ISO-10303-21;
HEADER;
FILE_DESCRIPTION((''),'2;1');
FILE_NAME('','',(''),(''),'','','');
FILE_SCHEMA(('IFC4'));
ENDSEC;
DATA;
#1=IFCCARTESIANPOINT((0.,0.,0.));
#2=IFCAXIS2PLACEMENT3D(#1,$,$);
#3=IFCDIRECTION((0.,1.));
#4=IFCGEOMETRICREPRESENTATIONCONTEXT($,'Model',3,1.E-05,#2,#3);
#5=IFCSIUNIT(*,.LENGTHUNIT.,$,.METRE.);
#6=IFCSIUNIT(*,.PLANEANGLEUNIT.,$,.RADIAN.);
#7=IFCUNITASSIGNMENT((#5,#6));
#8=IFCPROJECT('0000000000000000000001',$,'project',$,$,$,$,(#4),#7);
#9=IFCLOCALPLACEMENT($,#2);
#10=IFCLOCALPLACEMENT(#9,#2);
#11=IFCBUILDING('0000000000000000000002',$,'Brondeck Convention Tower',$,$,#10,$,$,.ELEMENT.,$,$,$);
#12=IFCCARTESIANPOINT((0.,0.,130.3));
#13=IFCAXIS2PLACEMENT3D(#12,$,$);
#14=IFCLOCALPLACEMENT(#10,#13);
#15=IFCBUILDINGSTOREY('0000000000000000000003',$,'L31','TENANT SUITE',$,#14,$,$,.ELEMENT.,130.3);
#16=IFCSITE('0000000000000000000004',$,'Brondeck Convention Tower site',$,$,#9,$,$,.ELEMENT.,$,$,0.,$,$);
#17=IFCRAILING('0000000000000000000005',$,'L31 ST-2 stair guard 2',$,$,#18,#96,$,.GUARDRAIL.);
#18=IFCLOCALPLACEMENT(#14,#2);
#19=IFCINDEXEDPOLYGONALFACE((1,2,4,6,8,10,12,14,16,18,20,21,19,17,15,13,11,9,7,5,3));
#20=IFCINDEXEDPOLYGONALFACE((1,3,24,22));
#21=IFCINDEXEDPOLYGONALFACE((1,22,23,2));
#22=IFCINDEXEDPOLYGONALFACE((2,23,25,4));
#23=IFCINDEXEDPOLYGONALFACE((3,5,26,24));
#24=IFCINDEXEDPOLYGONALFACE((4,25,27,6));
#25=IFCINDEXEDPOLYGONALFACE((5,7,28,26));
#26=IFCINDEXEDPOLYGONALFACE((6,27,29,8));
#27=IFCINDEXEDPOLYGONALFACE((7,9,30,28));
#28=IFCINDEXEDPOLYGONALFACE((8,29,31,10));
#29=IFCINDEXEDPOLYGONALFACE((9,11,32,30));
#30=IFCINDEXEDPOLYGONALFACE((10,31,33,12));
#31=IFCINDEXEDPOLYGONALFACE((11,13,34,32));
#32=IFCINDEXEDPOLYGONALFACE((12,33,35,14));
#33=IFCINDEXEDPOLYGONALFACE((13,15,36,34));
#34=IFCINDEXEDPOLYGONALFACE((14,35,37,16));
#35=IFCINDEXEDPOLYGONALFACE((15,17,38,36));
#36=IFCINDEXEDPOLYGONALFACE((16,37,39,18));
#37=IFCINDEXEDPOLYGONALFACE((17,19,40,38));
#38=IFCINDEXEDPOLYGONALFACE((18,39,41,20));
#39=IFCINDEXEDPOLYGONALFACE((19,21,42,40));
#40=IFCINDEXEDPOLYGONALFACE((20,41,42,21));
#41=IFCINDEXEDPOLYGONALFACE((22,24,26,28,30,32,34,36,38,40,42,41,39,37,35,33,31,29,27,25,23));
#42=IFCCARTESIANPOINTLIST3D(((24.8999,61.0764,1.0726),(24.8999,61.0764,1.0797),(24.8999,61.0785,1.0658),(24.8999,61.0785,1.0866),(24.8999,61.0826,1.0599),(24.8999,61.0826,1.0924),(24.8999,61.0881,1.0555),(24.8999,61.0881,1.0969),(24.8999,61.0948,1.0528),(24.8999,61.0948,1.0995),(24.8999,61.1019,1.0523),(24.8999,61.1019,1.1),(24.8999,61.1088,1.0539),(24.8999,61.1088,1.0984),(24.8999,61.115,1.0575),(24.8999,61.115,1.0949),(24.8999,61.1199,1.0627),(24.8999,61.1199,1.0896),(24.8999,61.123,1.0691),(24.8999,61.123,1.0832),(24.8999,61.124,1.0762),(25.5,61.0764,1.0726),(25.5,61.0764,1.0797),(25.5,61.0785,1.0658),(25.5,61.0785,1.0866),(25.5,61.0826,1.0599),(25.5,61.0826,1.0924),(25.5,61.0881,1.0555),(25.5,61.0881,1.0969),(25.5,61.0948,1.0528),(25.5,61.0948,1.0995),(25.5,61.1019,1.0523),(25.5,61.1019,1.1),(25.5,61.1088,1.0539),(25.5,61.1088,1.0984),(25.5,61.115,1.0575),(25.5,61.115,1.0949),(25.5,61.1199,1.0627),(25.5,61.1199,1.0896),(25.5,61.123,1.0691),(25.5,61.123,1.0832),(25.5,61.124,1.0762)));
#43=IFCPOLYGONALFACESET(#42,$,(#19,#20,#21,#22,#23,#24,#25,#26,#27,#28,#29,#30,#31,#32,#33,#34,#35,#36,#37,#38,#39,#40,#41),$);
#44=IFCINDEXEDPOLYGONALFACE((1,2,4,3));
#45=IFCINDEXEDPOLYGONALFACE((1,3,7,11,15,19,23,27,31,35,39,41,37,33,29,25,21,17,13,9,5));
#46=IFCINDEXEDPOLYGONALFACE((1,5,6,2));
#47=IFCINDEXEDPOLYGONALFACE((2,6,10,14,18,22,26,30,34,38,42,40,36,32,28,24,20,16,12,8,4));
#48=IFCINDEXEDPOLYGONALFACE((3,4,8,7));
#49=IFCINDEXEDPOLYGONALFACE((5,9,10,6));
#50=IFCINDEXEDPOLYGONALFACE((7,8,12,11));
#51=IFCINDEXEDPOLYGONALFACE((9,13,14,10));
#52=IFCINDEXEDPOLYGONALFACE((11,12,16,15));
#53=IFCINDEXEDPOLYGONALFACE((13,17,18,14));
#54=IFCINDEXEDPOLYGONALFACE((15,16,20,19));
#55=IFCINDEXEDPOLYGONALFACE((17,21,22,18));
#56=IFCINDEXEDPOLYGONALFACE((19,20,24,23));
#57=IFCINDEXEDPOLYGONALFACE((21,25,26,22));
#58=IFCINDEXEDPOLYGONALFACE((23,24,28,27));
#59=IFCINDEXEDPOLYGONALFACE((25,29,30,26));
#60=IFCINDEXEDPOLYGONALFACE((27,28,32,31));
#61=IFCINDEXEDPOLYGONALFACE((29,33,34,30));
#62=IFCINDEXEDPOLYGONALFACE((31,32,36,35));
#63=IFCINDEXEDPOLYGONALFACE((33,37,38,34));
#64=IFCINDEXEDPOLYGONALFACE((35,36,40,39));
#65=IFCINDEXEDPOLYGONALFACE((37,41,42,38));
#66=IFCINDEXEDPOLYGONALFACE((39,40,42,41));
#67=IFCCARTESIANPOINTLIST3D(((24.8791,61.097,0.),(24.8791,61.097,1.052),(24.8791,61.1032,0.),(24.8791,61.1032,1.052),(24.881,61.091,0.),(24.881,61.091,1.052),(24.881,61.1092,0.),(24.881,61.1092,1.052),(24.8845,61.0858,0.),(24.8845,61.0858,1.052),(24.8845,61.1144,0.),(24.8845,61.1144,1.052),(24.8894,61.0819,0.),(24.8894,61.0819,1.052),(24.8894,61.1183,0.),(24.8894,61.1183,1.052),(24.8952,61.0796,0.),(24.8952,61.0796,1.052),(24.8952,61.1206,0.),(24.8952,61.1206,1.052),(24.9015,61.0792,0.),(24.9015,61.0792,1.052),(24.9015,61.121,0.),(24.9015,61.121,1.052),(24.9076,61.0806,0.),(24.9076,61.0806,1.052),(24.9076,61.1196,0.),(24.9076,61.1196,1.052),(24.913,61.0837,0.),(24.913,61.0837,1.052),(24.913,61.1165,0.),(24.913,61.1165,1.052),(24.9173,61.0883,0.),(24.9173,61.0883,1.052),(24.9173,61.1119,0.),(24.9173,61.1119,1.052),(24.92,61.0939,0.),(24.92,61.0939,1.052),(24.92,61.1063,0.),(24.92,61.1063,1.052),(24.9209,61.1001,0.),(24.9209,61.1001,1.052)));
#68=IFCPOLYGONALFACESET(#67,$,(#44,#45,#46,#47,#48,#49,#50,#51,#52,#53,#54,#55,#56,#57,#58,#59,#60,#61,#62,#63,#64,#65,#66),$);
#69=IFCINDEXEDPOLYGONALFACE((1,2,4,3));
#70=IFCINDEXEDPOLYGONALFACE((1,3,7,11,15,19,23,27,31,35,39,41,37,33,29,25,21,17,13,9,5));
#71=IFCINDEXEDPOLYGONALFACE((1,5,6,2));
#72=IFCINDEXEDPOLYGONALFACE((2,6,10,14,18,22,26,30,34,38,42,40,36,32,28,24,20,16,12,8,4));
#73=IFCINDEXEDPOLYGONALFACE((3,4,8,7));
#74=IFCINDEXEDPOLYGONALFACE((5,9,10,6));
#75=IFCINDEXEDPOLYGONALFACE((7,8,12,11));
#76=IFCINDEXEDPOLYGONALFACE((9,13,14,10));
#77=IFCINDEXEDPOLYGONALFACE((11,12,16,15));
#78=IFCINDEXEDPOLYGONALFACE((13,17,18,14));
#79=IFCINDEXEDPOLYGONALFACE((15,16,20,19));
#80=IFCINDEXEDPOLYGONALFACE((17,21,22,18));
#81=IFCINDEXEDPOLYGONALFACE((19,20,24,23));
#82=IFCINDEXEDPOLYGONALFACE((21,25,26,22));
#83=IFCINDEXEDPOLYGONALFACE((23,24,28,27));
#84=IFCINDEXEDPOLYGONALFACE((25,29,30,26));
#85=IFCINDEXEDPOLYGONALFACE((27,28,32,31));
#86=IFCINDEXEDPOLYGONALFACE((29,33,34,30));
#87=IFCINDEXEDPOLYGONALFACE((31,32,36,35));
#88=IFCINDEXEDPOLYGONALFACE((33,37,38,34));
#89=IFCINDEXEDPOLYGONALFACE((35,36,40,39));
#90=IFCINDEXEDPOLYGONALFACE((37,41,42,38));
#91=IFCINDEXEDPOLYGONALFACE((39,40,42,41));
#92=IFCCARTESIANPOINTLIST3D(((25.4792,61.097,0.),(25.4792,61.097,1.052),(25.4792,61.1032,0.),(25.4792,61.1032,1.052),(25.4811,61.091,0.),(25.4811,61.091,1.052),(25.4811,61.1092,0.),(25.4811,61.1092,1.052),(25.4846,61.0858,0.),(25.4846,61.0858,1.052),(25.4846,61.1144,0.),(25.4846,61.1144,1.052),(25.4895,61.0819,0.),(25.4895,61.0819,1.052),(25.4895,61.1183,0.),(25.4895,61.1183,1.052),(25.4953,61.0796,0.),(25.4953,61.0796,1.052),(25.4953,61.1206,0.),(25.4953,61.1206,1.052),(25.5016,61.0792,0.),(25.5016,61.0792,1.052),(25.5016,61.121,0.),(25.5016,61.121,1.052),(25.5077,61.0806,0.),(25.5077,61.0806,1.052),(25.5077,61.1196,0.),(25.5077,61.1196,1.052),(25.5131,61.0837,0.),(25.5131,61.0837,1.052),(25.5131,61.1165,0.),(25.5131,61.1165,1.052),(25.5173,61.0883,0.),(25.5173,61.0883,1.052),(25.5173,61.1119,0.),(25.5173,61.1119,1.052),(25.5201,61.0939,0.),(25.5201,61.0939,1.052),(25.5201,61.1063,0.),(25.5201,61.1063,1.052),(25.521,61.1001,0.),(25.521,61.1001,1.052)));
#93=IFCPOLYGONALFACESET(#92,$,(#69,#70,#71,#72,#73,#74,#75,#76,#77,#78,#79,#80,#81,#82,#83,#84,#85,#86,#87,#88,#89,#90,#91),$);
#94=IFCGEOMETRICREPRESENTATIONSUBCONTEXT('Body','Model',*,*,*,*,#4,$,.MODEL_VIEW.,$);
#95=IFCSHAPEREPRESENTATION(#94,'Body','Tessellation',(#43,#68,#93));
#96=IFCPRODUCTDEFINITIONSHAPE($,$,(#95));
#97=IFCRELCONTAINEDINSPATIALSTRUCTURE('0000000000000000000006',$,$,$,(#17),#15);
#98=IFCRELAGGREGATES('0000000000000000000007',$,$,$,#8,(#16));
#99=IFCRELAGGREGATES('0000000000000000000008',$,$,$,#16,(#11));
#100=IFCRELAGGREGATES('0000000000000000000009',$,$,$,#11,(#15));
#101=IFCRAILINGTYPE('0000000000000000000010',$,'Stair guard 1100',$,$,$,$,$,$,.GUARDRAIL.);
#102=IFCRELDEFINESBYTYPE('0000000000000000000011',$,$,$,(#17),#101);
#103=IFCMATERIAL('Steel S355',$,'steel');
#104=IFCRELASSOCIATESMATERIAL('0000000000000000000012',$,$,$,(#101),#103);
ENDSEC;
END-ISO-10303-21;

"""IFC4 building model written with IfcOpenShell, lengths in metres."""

from ifc_helpers import new_model, si_unit, direction, frame, origin, origin_2d, place, context, subcontext, project, spatial, circle, extrude, material, type_object, element, save


model = new_model("IFC4")

# Units and contexts
model_context = context("Model", 3, precision=1e-05, world=origin(), true_north=direction((0.0, 1.0)))
body_context = subcontext(model_context, "Body", "Model", "MODEL_VIEW")
ifc_project = project(units=[si_unit("LENGTHUNIT", "METRE"), si_unit("PLANEANGLEUNIT", "RADIAN")], contexts=[model_context])

# Site, building, storey
site_placement = place(None, origin())
site = spatial("IfcSite", under=ifc_project, at=site_placement, Name="Brondeck Convention Tower site", CompositionType="ELEMENT", RefElevation=0.0)
building_placement = place(site_placement, origin())
building = spatial("IfcBuilding", under=site, at=building_placement, Name="Brondeck Convention Tower", CompositionType="ELEMENT")
storey_placement = place(building_placement, frame((0.0, 0.0, 130.3)))
storey = spatial("IfcBuildingStorey", under=building, at=storey_placement, Name="L31", Description="TENANT SUITE", CompositionType="ELEMENT", Elevation=130.3)

# Shared definitions
ifc_material_1 = material(Name="Steel S355", Category="steel")

# Railing
railing_type_1 = type_object("IfcRailingType", Name="Stair guard 1100", PredefinedType="GUARDRAIL", material=ifc_material_1)
railing_1_placement = place(storey_placement, frame((24.8999, 61.1001, 0.0)))
element("IfcRailing", 1, at=railing_1_placement, inside=storey, type_object=railing_type_1, Name="L31 ST-2 stair guard 2", PredefinedType="GUARDRAIL", context=body_context, shape_type="SweptSolid", body=[
    extrude(circle(Radius=0.0239, at=origin_2d()), frame((0.0, 0.0, 1.0762), z_axis=(1.0, 0.0, 0.0), x_axis=(0.0, 1.0, 0.0)), (0.0, 0.0, 1.0), 0.6001),
    extrude(circle(Radius=0.021, at=origin_2d()), origin(), (0.0, 0.0, 1.0), 1.052),
    extrude(circle(Radius=0.021, at=origin_2d()), frame((0.6001, 0.0, 0.0)), (0.0, 0.0, 1.0), 1.052),
])

save(model, "model.ifc")
